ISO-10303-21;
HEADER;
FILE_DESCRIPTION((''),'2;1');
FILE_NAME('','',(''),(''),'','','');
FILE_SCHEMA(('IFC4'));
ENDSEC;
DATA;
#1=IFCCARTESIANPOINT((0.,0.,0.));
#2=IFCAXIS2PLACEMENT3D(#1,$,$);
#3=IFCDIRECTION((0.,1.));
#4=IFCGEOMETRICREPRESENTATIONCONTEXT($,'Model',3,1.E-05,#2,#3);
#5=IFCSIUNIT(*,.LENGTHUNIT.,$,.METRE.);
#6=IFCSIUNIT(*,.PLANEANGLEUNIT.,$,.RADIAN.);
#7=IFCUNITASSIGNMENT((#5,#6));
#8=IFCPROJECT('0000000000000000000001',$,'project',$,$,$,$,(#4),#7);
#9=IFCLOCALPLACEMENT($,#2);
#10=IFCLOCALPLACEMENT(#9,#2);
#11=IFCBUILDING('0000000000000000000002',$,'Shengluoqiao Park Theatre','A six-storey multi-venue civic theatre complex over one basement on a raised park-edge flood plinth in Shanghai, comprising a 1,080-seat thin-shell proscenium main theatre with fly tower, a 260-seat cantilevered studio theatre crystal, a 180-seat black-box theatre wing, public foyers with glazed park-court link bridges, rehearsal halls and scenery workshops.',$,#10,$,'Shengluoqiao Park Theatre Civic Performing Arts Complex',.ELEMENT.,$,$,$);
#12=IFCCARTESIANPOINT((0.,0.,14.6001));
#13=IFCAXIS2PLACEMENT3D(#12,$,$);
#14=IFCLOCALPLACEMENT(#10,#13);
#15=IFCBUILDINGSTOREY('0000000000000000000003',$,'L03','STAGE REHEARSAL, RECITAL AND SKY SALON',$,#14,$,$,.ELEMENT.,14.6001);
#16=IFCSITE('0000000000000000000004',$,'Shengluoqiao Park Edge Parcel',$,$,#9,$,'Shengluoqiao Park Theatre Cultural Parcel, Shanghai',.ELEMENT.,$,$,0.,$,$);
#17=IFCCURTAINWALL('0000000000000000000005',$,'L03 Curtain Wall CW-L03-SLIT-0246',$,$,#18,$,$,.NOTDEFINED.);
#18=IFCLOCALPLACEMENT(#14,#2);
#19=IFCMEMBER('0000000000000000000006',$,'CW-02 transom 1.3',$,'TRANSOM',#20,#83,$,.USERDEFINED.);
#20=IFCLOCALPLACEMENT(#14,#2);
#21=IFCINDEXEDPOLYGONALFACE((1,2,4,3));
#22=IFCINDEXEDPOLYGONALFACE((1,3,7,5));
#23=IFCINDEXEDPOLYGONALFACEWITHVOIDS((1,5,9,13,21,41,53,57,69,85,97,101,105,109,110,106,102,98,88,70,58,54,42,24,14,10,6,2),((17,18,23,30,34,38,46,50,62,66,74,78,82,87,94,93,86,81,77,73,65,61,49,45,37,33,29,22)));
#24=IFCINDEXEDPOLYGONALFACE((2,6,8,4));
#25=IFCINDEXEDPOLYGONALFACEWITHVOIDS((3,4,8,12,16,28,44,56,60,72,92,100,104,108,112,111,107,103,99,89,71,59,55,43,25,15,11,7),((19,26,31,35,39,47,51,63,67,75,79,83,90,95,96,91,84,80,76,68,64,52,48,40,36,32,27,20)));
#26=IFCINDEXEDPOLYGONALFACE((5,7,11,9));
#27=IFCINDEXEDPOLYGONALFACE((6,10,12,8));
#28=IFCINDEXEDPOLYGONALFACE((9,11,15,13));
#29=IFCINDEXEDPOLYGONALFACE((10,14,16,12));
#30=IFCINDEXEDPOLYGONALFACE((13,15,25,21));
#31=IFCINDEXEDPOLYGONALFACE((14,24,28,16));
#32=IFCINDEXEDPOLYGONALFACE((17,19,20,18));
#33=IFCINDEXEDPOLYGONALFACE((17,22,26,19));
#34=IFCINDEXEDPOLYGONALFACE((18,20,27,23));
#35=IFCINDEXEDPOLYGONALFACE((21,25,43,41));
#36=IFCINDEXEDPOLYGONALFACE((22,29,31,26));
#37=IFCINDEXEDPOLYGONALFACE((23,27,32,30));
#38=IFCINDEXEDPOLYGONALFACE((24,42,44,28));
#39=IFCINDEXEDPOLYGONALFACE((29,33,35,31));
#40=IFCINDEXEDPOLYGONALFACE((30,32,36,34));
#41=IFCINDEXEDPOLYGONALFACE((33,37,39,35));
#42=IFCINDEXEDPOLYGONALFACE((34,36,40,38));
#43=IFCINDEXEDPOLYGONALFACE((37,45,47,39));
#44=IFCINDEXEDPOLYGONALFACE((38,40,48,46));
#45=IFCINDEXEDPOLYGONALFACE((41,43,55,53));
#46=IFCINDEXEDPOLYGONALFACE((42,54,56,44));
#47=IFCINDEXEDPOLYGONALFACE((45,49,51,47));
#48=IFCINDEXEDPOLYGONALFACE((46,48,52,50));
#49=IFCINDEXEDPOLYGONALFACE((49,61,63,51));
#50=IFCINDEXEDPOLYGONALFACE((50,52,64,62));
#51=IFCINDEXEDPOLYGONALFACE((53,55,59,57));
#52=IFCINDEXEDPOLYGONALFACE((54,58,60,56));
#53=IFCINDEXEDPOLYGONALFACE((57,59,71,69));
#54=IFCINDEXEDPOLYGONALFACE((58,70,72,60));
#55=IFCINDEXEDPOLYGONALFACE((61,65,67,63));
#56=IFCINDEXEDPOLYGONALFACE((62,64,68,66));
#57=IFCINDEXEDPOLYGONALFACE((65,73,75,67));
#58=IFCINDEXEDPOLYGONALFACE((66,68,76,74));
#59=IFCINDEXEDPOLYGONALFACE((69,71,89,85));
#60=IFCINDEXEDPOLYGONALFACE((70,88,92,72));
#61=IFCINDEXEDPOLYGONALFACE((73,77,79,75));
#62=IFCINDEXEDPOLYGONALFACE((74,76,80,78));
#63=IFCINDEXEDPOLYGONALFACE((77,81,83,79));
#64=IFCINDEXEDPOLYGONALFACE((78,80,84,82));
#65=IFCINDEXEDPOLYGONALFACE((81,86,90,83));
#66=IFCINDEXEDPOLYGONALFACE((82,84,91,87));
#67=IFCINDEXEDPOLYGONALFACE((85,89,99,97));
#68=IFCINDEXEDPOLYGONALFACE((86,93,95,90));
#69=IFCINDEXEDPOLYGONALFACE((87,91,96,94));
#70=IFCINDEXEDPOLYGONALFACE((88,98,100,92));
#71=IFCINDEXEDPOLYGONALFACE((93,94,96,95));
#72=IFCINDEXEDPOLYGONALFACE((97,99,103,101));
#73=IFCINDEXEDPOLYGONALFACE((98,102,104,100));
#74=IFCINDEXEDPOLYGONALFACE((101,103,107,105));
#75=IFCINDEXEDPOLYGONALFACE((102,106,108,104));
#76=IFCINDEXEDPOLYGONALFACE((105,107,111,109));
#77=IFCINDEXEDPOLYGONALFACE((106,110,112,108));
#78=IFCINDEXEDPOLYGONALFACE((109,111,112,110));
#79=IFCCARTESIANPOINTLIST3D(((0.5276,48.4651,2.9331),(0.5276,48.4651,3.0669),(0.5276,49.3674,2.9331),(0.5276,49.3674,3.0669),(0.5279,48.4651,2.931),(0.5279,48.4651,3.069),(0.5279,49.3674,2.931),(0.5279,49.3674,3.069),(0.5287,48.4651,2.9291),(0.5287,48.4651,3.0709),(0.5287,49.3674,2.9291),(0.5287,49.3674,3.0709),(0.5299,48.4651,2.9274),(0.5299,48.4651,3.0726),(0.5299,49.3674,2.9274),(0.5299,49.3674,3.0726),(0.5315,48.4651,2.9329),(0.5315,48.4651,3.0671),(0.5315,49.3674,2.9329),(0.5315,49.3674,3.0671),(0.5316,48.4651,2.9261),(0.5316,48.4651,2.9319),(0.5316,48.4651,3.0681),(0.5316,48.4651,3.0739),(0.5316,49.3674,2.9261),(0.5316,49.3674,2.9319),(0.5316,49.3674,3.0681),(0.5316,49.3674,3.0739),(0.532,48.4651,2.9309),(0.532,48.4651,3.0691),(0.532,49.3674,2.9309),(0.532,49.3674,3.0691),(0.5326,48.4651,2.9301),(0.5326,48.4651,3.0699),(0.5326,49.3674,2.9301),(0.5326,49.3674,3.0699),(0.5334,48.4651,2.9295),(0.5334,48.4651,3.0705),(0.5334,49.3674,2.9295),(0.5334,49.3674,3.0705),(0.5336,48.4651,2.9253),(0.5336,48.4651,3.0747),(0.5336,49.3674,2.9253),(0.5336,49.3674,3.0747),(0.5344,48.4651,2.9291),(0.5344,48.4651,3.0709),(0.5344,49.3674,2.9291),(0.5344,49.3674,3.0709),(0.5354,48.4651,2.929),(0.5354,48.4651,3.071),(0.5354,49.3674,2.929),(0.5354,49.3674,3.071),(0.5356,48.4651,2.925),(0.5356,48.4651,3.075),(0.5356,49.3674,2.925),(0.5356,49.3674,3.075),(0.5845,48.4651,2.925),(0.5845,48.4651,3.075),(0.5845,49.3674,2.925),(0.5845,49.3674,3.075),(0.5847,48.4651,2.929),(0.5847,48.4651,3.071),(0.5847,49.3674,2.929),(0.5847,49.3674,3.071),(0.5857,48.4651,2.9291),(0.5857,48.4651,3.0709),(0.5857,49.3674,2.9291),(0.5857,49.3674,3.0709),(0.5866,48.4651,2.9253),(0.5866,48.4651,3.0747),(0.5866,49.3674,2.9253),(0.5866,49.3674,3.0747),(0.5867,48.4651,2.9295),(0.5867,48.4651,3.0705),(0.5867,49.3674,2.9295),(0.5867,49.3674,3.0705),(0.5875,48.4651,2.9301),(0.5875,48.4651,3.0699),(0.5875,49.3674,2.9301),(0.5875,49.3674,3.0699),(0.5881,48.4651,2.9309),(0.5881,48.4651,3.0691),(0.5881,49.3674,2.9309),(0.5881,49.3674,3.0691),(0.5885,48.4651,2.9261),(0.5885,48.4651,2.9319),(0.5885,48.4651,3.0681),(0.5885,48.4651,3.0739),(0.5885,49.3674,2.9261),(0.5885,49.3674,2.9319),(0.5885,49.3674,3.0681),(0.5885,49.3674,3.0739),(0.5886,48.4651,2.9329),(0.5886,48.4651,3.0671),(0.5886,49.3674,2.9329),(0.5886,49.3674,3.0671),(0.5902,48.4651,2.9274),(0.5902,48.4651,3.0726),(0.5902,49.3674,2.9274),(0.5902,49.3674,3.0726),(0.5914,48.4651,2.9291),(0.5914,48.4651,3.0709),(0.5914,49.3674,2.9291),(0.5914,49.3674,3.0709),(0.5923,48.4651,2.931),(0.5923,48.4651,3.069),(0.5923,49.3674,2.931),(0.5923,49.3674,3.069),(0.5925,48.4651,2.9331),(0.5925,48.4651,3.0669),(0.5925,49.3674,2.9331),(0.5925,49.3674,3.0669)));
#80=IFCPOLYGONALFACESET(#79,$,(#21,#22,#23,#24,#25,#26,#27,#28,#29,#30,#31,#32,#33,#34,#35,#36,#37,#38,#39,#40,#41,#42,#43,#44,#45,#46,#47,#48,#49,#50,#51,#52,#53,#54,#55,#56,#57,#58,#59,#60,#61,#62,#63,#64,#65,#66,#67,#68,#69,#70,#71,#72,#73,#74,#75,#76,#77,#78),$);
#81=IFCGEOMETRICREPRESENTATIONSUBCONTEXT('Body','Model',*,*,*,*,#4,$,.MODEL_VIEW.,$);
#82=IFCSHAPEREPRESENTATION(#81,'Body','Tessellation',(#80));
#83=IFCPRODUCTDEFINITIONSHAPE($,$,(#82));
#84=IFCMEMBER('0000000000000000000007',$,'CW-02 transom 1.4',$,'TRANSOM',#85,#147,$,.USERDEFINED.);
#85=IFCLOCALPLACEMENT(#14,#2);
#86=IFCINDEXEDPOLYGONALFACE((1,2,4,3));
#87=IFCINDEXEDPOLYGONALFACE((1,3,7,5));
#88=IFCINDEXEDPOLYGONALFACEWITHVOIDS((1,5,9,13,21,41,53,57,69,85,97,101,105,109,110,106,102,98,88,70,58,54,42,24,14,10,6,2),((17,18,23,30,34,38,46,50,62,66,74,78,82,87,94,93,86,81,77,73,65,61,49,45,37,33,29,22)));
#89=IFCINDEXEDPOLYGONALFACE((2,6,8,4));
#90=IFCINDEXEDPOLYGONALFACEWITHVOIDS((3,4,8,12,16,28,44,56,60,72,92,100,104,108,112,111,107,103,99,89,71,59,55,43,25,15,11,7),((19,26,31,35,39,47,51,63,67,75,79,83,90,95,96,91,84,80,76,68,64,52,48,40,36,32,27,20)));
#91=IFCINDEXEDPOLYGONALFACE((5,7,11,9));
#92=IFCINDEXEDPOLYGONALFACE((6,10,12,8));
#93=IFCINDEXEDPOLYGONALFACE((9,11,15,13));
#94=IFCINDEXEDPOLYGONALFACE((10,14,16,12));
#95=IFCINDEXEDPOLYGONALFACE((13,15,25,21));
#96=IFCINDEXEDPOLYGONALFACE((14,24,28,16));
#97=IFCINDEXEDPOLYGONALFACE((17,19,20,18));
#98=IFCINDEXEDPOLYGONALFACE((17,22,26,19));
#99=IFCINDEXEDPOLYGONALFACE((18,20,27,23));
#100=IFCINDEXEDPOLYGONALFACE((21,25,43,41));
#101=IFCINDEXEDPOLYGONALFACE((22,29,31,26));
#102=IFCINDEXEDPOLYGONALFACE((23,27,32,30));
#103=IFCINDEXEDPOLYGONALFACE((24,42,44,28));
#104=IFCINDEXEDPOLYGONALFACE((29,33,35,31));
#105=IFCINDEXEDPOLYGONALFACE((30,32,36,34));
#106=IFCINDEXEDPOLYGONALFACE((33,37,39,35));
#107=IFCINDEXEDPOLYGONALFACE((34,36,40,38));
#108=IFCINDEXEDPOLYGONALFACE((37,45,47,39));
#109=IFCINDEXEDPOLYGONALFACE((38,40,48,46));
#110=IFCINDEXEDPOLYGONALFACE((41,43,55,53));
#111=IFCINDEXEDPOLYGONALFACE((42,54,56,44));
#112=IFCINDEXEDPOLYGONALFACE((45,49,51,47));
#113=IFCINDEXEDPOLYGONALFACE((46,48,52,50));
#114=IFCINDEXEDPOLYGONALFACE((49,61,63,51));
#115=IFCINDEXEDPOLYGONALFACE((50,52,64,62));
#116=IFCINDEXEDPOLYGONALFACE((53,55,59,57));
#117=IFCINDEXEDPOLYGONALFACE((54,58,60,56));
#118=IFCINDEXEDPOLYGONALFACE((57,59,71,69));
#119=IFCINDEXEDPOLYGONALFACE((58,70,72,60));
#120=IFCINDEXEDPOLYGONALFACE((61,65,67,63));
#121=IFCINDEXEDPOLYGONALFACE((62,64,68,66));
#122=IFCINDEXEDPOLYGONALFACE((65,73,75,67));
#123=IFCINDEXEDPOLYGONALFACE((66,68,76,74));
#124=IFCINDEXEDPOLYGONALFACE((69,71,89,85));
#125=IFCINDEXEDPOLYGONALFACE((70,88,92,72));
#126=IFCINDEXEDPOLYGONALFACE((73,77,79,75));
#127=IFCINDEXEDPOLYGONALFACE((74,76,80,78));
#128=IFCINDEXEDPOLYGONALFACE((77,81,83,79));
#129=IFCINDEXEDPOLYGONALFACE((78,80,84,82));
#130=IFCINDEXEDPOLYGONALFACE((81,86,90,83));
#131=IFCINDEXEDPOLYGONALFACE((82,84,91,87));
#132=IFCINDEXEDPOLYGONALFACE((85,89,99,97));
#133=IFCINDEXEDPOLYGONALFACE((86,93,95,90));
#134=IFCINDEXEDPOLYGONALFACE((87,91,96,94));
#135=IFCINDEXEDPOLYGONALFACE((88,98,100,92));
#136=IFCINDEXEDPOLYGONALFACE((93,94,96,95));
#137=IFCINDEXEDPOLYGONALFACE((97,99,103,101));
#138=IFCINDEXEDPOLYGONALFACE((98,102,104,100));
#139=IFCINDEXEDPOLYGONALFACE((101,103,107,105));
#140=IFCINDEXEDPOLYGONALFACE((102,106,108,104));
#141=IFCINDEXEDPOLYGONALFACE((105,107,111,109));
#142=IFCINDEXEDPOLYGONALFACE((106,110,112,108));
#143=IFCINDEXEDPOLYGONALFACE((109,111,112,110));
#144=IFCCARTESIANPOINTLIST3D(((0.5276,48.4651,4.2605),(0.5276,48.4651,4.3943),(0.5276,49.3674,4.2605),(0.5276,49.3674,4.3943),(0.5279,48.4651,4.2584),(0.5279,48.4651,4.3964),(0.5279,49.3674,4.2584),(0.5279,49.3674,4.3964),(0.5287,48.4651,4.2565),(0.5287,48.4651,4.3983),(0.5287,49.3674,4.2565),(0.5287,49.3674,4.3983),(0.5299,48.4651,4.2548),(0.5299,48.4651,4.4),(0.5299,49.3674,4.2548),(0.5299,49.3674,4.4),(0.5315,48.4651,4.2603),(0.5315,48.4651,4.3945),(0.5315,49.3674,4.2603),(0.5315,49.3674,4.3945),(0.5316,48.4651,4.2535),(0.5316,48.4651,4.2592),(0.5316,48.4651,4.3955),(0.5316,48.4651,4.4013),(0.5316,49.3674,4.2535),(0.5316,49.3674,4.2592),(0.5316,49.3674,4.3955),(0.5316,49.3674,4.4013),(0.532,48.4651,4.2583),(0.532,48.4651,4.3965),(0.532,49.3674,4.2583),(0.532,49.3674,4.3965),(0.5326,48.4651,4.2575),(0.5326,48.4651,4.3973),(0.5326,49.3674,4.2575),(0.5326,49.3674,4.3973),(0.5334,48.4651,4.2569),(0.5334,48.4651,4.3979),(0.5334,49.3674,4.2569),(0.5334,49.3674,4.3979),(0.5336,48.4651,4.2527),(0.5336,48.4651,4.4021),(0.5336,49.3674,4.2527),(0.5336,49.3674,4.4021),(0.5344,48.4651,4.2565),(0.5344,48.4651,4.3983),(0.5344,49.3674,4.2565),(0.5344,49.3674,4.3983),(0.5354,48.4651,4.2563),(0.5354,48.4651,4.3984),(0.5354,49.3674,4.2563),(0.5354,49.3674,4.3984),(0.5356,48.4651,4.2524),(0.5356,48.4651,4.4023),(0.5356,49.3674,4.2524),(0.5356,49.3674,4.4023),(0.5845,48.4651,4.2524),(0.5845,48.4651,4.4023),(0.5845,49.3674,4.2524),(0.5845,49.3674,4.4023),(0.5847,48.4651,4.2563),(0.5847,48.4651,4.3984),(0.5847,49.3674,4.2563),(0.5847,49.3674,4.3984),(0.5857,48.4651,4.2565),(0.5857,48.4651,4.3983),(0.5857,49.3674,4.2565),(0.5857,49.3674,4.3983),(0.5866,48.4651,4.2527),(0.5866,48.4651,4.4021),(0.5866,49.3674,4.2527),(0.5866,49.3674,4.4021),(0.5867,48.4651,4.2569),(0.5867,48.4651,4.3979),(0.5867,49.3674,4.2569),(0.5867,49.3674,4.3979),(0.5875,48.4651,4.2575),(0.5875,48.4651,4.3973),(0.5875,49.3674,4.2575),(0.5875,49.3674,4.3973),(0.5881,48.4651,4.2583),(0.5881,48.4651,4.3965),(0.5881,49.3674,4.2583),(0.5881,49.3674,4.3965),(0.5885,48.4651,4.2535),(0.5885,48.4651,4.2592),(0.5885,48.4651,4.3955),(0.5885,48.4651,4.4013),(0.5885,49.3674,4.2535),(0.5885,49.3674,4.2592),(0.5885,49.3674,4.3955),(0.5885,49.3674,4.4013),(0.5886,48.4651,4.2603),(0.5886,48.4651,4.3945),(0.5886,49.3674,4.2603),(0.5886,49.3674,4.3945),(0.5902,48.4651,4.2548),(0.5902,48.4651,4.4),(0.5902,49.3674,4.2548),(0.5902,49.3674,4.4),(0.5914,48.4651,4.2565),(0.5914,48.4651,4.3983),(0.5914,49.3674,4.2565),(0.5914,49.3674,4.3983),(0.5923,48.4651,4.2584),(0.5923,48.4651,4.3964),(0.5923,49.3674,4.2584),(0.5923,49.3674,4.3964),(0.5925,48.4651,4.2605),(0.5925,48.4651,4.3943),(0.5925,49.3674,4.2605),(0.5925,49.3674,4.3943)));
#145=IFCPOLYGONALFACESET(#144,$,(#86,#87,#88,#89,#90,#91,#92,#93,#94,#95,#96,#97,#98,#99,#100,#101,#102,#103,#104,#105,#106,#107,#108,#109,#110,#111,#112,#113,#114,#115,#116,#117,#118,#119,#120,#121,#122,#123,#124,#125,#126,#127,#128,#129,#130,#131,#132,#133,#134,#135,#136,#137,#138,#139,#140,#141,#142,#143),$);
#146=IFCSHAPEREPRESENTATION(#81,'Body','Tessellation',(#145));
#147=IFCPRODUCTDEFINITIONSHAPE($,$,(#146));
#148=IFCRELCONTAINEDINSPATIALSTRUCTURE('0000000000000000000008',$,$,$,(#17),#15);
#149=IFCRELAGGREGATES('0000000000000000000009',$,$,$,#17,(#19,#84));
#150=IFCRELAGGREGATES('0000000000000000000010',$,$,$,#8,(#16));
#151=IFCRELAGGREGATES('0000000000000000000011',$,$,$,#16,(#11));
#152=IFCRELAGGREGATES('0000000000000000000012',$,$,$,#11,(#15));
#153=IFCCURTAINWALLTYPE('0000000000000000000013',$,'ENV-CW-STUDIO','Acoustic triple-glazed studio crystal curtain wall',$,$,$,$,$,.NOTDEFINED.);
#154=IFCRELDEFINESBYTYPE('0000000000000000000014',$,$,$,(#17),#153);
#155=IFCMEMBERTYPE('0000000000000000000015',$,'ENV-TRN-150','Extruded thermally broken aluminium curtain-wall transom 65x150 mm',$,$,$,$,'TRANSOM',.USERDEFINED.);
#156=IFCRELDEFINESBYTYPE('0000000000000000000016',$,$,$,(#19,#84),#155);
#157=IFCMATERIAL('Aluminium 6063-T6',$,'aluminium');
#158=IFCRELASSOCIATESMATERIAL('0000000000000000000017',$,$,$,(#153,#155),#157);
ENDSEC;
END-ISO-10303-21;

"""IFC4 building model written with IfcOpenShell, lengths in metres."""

from ifc_helpers import new_model, si_unit, direction, frame, origin, origin_2d, place, context, subcontext, project, spatial, hollow_rectangle, extrude, material, material_profile, profile_set, type_object, element, aggregate, save


model = new_model("IFC4")

# Units and contexts
model_context = context("Model", 3, precision=1e-05, world=origin(), true_north=direction((0.0, 1.0)))
body_context = subcontext(model_context, "Body", "Model", "MODEL_VIEW")
ifc_project = project(units=[si_unit("LENGTHUNIT", "METRE"), si_unit("PLANEANGLEUNIT", "RADIAN")], contexts=[model_context])

# Site, building, storey
site_placement = place(None, origin())
site = spatial("IfcSite", under=ifc_project, at=site_placement, Name="Shengluoqiao Park Edge Parcel", LongName="Shengluoqiao Park Theatre Cultural Parcel, Shanghai", CompositionType="ELEMENT", RefElevation=0.0)
building_placement = place(site_placement, origin())
building = spatial("IfcBuilding", under=site, at=building_placement, Name="Shengluoqiao Park Theatre", Description="A six-storey multi-venue civic theatre complex over one basement on a raised park-edge flood plinth in Shanghai, comprising a 1,080-seat thin-shell proscenium main theatre with fly tower, a 260-seat cantilevered studio theatre crystal, a 180-seat black-box theatre wing, public foyers with glazed park-court link bridges, rehearsal halls and scenery workshops.", LongName="Shengluoqiao Park Theatre Civic Performing Arts Complex", CompositionType="ELEMENT")
storey_placement = place(building_placement, frame((0.0, 0.0, 14.6001)))
storey = spatial("IfcBuildingStorey", under=building, at=storey_placement, Name="L03", Description="STAGE REHEARSAL, RECITAL AND SKY SALON", CompositionType="ELEMENT", Elevation=14.6001)

# Shared definitions
ifc_material_1 = material(Name="Aluminium 6063-T6", Category="aluminium")
curtain_wall_type = type_object("IfcCurtainWallType", Name="ENV-CW-STUDIO", Description="Acoustic triple-glazed studio crystal curtain wall", PredefinedType="NOTDEFINED", material=ifc_material_1)

# Curtain wall, members
curtain_wall_1_placement = place(storey_placement, origin())
curtain_wall_1 = element("IfcCurtainWall", 1, at=curtain_wall_1_placement, inside=storey, type_object=curtain_wall_type, Name="L03 Curtain Wall CW-L03-SLIT-0246", PredefinedType="NOTDEFINED")
ifc_material_profile_1 = material_profile(ifc_material_1, hollow_rectangle(XDim=0.0649, YDim=0.1499, WallThickness=0.0039, InnerFilletRadius=0.0039, OuterFilletRadius=0.0081, at=origin_2d()), Name="ALU TRANSOM 150x65x4")
ifc_profile_set_1 = profile_set([ifc_material_profile_1], Name="Aluminium 6063-T6")
member_type_1 = type_object("IfcMemberType", Name="ENV-TRN-150", Description="Extruded thermally broken aluminium curtain-wall transom 65x150 mm", ElementType="TRANSOM", PredefinedType="USERDEFINED", material=ifc_profile_set_1)
member_1_placement = place(storey_placement, frame((0.5601, 48.4651, 3.0), z_axis=(0.0, 1.0, 0.0), x_axis=(-1.0, 0.0, 0.0)))
member_1 = element("IfcMember", 2, at=member_1_placement, type_object=member_type_1, Name="CW-02 transom 1.3", ObjectType="TRANSOM", PredefinedType="USERDEFINED", context=body_context, shape_type="SweptSolid", body=[
    extrude(hollow_rectangle(XDim=0.0649, YDim=0.1499, WallThickness=0.0039, InnerFilletRadius=0.0039, OuterFilletRadius=0.0081, at=origin_2d()), origin(), (0.0, 0.0, 1.0), 0.9023),
])
member_2_placement = place(storey_placement, frame((0.5601, 48.4651, 4.3274), z_axis=(0.0, 1.0, 0.0), x_axis=(-1.0, 0.0, 0.0)))
member_2 = element("IfcMember", 3, at=member_2_placement, type_object=member_type_1, Name="CW-02 transom 1.4", ObjectType="TRANSOM", PredefinedType="USERDEFINED", context=body_context, shape_type="SweptSolid", body=[
    extrude(hollow_rectangle(XDim=0.0649, YDim=0.1499, WallThickness=0.0039, InnerFilletRadius=0.0039, OuterFilletRadius=0.0081, at=origin_2d()), origin(), (0.0, 0.0, 1.0), 0.9023),
])

aggregate(curtain_wall_1, [member_1, member_2])

save(model, "model.ifc")
